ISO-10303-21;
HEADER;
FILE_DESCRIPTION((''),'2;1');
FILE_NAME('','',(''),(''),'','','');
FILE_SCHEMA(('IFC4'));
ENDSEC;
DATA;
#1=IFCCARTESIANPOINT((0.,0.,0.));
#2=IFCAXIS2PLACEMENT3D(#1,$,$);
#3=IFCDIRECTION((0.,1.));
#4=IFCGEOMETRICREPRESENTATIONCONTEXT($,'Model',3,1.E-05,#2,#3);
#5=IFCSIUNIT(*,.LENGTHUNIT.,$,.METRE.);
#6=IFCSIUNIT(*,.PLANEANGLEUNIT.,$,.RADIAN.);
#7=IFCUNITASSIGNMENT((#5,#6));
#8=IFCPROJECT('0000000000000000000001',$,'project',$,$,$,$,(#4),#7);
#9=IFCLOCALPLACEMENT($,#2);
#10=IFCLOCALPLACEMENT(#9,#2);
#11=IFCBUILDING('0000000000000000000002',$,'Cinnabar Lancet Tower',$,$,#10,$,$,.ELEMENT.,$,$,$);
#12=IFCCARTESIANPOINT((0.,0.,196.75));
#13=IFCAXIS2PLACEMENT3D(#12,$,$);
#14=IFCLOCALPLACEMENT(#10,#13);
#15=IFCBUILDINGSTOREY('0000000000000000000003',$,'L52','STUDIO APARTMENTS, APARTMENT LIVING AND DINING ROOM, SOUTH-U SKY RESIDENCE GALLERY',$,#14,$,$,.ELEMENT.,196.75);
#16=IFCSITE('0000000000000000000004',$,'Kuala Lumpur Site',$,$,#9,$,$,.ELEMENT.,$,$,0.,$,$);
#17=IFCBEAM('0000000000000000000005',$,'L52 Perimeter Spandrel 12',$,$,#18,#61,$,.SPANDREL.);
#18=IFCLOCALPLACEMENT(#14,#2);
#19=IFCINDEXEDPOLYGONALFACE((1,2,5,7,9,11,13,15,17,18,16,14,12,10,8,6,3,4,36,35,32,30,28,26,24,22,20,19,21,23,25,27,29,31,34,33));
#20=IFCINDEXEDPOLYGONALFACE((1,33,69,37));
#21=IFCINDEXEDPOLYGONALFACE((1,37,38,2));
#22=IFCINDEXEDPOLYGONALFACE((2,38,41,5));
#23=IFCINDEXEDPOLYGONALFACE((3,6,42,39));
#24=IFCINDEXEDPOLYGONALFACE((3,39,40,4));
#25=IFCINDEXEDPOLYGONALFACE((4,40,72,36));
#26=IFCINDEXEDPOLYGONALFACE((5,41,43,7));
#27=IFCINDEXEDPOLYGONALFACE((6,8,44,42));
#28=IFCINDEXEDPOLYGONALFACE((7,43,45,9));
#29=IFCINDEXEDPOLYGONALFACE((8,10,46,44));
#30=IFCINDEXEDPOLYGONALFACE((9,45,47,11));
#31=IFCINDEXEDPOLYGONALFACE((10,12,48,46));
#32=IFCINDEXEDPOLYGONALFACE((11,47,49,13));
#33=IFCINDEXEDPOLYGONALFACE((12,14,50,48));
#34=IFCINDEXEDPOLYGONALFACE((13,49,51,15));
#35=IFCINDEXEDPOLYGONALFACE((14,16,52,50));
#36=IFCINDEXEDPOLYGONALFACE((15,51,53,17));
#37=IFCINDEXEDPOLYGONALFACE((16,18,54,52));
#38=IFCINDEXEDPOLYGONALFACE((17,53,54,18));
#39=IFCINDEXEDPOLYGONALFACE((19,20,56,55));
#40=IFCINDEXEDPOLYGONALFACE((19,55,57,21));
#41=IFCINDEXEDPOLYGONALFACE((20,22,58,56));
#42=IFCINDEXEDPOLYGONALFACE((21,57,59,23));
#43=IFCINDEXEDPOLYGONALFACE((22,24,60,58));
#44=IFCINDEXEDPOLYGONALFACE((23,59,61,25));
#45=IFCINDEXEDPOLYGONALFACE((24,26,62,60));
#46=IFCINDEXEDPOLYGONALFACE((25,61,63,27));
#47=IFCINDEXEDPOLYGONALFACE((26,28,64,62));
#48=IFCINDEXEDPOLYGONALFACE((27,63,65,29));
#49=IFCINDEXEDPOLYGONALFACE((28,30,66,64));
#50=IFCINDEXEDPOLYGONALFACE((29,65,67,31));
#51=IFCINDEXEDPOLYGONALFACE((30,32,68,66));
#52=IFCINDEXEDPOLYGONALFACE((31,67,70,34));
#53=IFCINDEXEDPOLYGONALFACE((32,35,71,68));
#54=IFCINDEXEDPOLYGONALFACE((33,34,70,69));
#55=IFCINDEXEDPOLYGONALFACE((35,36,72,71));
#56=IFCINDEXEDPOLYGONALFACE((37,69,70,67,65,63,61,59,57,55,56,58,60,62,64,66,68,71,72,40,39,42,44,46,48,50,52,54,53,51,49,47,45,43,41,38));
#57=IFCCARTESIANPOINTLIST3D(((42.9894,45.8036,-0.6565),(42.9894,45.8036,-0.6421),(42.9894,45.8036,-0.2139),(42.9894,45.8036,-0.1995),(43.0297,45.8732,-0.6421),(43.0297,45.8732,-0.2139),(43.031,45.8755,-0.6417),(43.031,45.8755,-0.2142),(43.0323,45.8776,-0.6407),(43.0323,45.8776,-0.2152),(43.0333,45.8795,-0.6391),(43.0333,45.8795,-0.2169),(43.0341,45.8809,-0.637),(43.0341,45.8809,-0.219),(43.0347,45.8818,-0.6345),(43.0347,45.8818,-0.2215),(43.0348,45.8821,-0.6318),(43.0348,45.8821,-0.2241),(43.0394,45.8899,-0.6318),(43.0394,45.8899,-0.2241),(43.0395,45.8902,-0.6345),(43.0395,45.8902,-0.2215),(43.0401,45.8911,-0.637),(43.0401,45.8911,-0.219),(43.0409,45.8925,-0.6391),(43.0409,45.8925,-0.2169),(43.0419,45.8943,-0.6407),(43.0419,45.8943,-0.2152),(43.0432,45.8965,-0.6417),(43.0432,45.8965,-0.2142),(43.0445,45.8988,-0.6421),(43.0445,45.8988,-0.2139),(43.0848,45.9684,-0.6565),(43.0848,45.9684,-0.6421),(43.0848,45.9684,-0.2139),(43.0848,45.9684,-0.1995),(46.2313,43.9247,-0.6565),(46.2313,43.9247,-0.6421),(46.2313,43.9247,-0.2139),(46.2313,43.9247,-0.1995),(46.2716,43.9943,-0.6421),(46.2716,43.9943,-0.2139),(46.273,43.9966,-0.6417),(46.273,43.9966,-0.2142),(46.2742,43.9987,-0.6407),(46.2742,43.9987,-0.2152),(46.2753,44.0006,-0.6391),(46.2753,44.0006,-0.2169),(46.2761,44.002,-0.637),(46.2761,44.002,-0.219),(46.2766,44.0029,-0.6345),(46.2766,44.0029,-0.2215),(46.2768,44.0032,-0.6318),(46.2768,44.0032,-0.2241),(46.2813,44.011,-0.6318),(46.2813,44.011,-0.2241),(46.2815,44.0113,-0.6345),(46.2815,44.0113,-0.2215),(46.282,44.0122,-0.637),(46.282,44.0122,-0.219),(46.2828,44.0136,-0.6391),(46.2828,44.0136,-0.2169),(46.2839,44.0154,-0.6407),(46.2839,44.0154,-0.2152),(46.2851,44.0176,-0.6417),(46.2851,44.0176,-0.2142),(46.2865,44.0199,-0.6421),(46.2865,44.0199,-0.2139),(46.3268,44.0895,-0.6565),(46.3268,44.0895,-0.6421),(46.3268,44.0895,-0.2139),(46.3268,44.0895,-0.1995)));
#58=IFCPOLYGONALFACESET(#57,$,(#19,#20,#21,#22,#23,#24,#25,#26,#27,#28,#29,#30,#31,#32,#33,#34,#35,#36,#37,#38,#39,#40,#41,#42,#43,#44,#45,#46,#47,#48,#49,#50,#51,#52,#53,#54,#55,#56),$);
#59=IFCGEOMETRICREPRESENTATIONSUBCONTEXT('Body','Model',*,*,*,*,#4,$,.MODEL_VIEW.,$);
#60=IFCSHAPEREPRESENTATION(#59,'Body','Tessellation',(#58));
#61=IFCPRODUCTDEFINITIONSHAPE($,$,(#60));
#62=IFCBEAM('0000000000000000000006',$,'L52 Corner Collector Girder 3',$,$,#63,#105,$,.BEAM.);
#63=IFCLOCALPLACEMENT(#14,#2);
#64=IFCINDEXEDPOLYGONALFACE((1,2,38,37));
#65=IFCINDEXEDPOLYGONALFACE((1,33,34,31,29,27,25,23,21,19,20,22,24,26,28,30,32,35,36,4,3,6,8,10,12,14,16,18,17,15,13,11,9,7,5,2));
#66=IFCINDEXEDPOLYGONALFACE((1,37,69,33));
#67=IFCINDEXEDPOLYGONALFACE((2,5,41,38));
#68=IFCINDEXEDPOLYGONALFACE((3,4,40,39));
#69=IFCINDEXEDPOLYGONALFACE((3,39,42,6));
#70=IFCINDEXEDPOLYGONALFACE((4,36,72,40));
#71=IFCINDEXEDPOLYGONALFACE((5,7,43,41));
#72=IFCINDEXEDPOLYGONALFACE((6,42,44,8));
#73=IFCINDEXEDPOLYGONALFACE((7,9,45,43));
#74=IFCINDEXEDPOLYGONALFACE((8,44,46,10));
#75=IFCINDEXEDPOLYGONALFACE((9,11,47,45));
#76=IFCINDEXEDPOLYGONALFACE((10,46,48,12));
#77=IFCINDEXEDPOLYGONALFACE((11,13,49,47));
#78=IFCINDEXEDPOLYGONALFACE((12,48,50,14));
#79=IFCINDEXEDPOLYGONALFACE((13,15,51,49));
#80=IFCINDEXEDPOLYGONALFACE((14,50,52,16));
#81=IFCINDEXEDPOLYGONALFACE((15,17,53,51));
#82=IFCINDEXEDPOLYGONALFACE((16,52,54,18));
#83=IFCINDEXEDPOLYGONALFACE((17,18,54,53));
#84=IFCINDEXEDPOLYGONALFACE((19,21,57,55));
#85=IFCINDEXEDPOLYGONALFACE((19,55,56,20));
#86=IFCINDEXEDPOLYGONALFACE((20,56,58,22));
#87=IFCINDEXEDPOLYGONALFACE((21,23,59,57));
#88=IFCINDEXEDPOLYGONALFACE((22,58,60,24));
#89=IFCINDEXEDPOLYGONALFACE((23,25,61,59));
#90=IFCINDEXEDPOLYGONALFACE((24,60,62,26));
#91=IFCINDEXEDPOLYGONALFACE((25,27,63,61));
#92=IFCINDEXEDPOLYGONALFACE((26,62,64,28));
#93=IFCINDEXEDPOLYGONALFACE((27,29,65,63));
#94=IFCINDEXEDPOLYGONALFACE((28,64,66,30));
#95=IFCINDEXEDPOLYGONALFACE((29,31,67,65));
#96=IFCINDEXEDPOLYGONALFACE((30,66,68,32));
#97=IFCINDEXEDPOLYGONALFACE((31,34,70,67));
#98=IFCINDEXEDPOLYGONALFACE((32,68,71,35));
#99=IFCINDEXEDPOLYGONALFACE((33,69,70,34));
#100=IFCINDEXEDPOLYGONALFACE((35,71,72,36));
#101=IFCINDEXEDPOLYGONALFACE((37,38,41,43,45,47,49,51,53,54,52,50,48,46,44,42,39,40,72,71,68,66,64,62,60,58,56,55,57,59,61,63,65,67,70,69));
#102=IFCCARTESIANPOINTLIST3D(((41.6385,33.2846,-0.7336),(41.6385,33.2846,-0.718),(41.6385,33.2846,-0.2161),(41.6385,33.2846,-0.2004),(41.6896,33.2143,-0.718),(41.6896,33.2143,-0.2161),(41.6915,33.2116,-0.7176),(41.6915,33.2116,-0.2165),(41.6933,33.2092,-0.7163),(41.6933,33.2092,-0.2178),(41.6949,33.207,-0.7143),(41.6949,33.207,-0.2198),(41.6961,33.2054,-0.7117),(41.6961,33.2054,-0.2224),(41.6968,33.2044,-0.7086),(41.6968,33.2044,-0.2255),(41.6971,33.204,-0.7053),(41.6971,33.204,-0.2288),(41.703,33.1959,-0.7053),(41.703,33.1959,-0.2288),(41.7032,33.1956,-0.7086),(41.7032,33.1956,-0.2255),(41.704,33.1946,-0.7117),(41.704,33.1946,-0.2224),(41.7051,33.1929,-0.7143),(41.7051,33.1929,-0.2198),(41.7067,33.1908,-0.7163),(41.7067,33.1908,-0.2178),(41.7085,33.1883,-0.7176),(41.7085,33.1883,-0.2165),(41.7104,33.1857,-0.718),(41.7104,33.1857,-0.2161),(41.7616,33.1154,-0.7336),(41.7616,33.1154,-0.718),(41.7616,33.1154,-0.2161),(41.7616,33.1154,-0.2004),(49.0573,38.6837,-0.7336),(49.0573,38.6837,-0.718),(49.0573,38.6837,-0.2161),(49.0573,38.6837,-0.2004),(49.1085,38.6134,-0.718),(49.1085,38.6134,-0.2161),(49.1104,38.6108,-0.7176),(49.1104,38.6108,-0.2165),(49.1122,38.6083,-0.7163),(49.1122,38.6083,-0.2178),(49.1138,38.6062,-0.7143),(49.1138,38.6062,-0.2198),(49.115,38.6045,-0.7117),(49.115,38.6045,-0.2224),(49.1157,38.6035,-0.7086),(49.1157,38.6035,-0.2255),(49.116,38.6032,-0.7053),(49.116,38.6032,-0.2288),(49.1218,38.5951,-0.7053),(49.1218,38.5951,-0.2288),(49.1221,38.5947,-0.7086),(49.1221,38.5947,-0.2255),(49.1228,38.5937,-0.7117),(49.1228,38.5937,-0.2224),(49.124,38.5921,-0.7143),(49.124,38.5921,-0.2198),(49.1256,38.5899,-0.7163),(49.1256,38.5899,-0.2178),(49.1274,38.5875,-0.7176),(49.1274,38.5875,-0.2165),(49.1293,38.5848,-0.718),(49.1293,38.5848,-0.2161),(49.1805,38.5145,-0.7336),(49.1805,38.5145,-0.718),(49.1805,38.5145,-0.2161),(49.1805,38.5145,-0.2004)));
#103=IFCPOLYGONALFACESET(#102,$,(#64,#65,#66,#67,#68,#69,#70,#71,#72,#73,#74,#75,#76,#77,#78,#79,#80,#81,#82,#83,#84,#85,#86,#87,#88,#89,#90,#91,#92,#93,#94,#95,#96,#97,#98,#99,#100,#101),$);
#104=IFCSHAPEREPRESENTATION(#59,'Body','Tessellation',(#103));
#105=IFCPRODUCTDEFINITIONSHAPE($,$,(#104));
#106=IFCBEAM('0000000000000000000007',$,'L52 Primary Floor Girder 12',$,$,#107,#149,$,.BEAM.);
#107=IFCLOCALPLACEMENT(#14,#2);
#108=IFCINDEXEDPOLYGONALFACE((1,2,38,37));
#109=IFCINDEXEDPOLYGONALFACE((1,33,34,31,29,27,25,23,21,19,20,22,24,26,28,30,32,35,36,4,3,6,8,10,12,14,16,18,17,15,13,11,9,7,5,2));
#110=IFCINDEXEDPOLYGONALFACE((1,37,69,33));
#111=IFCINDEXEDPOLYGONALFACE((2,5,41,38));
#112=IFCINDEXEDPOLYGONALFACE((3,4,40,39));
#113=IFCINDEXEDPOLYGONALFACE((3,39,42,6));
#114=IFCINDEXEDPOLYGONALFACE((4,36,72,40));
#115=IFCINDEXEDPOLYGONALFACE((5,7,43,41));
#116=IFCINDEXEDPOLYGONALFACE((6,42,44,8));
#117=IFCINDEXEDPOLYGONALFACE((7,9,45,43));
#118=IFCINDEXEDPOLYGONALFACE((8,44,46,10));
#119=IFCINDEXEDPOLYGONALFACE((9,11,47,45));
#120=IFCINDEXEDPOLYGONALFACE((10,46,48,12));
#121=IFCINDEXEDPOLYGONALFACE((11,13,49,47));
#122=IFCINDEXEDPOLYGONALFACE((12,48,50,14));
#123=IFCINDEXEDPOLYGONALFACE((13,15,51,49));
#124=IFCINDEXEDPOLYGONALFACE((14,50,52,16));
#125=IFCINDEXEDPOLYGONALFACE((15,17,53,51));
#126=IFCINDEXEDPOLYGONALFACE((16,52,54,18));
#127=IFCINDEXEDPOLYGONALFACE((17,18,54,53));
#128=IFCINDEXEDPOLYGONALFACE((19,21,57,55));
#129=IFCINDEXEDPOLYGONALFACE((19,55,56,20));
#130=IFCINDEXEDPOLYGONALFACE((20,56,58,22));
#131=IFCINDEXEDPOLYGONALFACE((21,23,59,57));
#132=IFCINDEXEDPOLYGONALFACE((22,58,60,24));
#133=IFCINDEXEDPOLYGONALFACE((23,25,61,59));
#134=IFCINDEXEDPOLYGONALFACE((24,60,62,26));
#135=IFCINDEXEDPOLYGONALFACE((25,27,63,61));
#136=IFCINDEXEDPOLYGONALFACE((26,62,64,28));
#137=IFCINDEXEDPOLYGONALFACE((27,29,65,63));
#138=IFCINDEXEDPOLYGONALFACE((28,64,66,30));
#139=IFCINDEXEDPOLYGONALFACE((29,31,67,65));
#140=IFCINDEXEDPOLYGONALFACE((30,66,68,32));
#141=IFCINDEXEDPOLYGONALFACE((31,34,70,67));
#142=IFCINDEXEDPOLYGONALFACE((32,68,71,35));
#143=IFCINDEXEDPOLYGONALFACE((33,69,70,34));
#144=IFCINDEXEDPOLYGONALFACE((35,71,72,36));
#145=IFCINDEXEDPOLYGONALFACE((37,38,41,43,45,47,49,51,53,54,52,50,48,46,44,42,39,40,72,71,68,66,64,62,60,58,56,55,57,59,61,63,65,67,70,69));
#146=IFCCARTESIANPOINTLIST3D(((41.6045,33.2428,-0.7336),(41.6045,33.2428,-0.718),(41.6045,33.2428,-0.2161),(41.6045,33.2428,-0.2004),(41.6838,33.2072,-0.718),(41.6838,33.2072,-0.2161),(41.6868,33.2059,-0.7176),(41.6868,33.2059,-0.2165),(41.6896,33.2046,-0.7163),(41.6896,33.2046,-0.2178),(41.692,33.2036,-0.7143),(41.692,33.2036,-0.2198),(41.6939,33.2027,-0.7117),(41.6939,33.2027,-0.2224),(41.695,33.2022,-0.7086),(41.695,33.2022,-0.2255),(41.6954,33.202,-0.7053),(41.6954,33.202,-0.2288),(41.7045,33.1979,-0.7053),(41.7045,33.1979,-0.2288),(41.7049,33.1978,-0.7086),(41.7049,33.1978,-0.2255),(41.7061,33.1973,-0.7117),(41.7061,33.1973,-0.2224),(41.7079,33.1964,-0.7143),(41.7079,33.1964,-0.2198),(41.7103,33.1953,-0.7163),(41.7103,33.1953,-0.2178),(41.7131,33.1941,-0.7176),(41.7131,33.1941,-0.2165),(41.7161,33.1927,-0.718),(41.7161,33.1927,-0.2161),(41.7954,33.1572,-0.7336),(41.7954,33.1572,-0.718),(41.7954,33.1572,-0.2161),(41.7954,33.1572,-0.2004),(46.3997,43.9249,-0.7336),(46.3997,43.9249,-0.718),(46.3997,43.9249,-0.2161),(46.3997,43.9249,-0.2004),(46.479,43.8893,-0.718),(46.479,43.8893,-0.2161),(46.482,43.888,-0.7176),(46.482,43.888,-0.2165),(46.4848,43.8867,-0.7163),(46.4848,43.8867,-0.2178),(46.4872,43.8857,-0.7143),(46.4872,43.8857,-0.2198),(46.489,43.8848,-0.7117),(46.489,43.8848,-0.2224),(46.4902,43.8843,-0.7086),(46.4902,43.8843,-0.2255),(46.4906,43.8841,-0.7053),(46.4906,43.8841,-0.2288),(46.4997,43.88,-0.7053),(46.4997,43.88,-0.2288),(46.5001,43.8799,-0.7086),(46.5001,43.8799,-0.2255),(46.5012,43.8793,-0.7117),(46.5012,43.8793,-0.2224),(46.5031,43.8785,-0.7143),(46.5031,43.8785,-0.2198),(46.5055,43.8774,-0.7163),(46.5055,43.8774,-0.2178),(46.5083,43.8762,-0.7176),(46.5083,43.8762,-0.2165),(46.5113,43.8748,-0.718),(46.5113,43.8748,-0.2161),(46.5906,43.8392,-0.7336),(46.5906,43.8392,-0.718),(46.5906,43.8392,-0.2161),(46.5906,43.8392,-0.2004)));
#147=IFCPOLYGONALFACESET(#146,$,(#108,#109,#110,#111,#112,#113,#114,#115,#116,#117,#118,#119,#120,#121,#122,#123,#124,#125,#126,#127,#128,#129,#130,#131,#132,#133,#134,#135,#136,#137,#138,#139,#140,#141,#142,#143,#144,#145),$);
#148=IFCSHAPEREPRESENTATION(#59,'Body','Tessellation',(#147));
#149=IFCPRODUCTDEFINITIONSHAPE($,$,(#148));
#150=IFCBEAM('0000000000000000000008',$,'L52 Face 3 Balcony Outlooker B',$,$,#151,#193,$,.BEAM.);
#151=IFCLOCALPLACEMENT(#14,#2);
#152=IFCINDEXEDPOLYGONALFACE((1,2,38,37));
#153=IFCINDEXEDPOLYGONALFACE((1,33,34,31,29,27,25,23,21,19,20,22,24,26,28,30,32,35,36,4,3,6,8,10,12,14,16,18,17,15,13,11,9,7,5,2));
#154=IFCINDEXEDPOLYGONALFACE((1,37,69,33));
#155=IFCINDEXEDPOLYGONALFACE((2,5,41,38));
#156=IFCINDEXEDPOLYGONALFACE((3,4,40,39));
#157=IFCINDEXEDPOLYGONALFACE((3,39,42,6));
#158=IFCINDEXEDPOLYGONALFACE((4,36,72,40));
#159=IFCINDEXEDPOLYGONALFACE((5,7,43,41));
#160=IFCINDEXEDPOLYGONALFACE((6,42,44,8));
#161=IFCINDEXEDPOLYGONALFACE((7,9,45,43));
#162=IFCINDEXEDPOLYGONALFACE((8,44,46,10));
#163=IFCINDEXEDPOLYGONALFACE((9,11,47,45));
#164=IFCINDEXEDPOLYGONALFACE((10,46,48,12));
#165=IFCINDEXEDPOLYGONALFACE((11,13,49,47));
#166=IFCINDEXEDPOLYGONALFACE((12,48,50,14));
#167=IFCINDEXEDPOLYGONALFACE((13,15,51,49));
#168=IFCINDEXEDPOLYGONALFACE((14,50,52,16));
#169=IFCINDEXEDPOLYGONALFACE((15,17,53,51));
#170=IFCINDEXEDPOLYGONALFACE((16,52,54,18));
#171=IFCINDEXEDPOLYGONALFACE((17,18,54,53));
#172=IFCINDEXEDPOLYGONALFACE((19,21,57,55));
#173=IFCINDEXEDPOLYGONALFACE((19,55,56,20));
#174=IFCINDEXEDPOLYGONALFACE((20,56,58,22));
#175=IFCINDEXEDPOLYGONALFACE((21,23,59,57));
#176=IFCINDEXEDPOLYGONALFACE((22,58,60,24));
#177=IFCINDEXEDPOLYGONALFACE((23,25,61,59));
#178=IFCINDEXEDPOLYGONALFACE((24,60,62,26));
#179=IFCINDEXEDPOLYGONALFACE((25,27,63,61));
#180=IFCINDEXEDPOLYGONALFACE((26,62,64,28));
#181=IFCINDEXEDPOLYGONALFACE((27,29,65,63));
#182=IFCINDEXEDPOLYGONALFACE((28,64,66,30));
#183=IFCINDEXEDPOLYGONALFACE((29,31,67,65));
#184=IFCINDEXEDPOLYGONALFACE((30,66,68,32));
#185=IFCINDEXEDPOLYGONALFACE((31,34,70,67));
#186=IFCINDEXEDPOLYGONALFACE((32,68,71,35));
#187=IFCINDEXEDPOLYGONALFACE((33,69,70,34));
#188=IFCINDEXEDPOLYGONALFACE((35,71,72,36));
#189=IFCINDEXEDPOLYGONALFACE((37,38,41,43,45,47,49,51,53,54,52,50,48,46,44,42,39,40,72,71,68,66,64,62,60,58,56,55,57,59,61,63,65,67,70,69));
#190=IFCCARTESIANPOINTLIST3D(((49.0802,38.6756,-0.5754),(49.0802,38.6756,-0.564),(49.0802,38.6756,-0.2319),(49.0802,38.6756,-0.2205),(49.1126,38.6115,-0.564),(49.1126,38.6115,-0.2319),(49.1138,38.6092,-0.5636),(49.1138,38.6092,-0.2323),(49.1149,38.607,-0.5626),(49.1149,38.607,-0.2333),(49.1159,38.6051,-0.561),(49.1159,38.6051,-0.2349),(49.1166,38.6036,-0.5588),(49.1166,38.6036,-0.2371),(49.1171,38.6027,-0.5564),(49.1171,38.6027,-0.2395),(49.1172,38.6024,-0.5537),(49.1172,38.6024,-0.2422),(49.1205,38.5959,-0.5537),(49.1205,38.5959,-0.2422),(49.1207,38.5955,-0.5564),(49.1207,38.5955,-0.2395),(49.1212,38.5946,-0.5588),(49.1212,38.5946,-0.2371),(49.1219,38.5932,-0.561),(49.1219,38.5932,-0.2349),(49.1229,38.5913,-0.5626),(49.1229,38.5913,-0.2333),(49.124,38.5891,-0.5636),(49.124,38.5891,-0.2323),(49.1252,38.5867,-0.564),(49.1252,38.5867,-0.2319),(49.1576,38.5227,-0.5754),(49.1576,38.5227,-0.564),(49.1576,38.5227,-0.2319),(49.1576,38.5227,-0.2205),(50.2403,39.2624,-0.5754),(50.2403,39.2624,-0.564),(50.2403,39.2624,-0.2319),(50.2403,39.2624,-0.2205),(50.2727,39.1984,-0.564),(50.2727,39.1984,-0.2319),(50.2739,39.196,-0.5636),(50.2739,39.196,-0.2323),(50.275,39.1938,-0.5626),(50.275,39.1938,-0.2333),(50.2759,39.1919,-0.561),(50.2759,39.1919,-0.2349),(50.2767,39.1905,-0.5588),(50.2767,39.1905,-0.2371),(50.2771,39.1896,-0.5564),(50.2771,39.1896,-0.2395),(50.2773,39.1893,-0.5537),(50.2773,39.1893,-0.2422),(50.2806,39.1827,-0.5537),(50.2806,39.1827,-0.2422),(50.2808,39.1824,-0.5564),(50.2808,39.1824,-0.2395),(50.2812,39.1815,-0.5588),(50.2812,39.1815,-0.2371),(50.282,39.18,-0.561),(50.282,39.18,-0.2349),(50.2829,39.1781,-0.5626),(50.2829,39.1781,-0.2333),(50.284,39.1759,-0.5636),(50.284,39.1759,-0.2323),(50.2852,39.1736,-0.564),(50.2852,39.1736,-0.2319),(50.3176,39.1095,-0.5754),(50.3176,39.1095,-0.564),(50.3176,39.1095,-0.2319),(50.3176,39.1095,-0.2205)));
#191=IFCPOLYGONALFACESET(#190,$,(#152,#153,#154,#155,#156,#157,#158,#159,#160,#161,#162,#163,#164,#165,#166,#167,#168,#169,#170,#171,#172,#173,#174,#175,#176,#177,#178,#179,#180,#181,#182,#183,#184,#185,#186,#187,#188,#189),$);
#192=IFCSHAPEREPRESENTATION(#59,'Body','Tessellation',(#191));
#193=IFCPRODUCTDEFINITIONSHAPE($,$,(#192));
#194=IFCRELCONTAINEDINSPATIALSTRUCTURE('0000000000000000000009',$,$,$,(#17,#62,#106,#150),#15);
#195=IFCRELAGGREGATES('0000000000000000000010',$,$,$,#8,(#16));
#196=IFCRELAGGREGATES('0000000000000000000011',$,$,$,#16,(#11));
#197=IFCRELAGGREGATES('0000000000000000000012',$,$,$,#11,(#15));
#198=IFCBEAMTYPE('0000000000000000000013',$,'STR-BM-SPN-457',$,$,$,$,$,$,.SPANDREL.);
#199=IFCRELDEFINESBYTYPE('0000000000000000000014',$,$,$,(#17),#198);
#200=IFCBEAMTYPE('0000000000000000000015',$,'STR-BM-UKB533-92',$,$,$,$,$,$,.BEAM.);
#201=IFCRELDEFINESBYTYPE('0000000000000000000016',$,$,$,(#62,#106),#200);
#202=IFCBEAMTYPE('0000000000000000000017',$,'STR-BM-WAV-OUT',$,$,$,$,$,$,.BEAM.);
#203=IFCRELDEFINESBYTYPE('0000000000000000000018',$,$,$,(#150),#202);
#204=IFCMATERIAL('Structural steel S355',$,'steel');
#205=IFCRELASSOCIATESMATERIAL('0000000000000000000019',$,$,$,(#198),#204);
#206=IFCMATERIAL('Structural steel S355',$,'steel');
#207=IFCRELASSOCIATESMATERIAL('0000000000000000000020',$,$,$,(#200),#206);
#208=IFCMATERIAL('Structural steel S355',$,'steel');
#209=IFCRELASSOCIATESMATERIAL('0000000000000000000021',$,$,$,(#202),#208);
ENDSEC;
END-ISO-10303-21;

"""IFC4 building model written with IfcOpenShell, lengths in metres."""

from ifc_helpers import new_model, si_unit, direction, frame, origin, origin_2d, place, context, subcontext, project, spatial, i_section, extrude, material, material_profile, profile_set, type_object, element, save


model = new_model("IFC4")

# Units and contexts
model_context = context("Model", 3, precision=1e-05, world=origin(), true_north=direction((0.0, 1.0)))
body_context = subcontext(model_context, "Body", "Model", "MODEL_VIEW")
ifc_project = project(units=[si_unit("LENGTHUNIT", "METRE"), si_unit("PLANEANGLEUNIT", "RADIAN")], contexts=[model_context])

# Site, building, storey
site_placement = place(None, origin())
site = spatial("IfcSite", under=ifc_project, at=site_placement, Name="Kuala Lumpur Site", CompositionType="ELEMENT", RefElevation=0.0)
building_placement = place(site_placement, origin())
building = spatial("IfcBuilding", under=site, at=building_placement, Name="Cinnabar Lancet Tower", CompositionType="ELEMENT")
storey_placement = place(building_placement, frame((0.0, 0.0, 196.75)))
storey = spatial("IfcBuildingStorey", under=building, at=storey_placement, Name="L52", Description="STUDIO APARTMENTS, APARTMENT LIVING AND DINING ROOM, SOUTH-U SKY RESIDENCE GALLERY", CompositionType="ELEMENT", Elevation=196.75)

# Beams
ifc_material_1 = material(Name="Structural steel S355", Category="steel")
ifc_material_profile_1 = material_profile(ifc_material_1, i_section(OverallWidth=0.1904, OverallDepth=0.457, WebThickness=0.009, FlangeThickness=0.0144, FilletRadius=0.0103, at=origin_2d()), Name="UKB 457x191x74")
ifc_profile_set_1 = profile_set([ifc_material_profile_1], Name="Structural steel S355")
beam_type_1 = type_object("IfcBeamType", Name="STR-BM-SPN-457", PredefinedType="SPANDREL", material=ifc_profile_set_1)
beam_1_placement = place(storey_placement, frame((46.2791, 44.0071, -0.428), z_axis=(-0.865196, 0.501434, 0.0), x_axis=(-0.501434, -0.865196, 0.0)))
element("IfcBeam", 1, at=beam_1_placement, inside=storey, type_object=beam_type_1, Name="L52 Perimeter Spandrel 12", PredefinedType="SPANDREL", context=body_context, shape_type="SweptSolid", body=[
    extrude(i_section(OverallWidth=0.1904, OverallDepth=0.457, WebThickness=0.009, FlangeThickness=0.0144, FilletRadius=0.0103, at=origin_2d()), origin(), (0.0, 0.0, 1.0), 3.7471),
])
ifc_material_2 = material(Name="Structural steel S355", Category="steel")
ifc_material_profile_2 = material_profile(ifc_material_2, i_section(OverallWidth=0.2092, OverallDepth=0.5332, WebThickness=0.01, FlangeThickness=0.0156, FilletRadius=0.0127, at=origin_2d()), Name="UKB 533x210x92")
ifc_profile_set_2 = profile_set([ifc_material_profile_2], Name="Structural steel S355")
beam_type_2 = type_object("IfcBeamType", Name="STR-BM-UKB533-92", PredefinedType="BEAM", material=ifc_profile_set_2)
beam_2_placement = place(storey_placement, frame((49.1189, 38.5991, -0.467), z_axis=(-0.808551, -0.588426, 0.0), x_axis=(0.588426, -0.808551, 0.0)))
element("IfcBeam", 2, at=beam_2_placement, inside=storey, type_object=beam_type_2, Name="L52 Corner Collector Girder 3", PredefinedType="BEAM", context=body_context, shape_type="SweptSolid", body=[
    extrude(i_section(OverallWidth=0.2092, OverallDepth=0.5332, WebThickness=0.01, FlangeThickness=0.0156, FilletRadius=0.0127, at=origin_2d()), origin(), (0.0, 0.0, 1.0), 9.1755),
])
beam_3_placement = place(storey_placement, frame((46.4951, 43.8821, -0.467), z_axis=(-0.409527, -0.912298, 0.0), x_axis=(0.912298, -0.409527, 0.0)))
element("IfcBeam", 3, at=beam_3_placement, inside=storey, type_object=beam_type_2, Name="L52 Primary Floor Girder 12", PredefinedType="BEAM", context=body_context, shape_type="SweptSolid", body=[
    extrude(i_section(OverallWidth=0.2092, OverallDepth=0.5332, WebThickness=0.01, FlangeThickness=0.0156, FilletRadius=0.0127, at=origin_2d()), origin(), (0.0, 0.0, 1.0), 11.709),
])
ifc_material_3 = material(Name="Structural steel S355", Category="steel")
ifc_material_profile_3 = material_profile(ifc_material_3, i_section(OverallWidth=0.1714, OverallDepth=0.355, WebThickness=0.0073, FlangeThickness=0.0115, FilletRadius=0.0103, at=origin_2d()), Name="UKB 356x171x51")
ifc_profile_set_3 = profile_set([ifc_material_profile_3], Name="Structural steel S355")
beam_type_3 = type_object("IfcBeamType", Name="STR-BM-WAV-OUT", PredefinedType="BEAM", material=ifc_profile_set_3)
beam_4_placement = place(storey_placement, frame((49.1189, 38.5991, -0.3979), z_axis=(0.892314, 0.451415, 0.0), x_axis=(-0.451415, 0.892314, 0.0)))
element("IfcBeam", 4, at=beam_4_placement, inside=storey, type_object=beam_type_3, Name="L52 Face 3 Balcony Outlooker B", PredefinedType="BEAM", context=body_context, shape_type="SweptSolid", body=[
    extrude(i_section(OverallWidth=0.1714, OverallDepth=0.355, WebThickness=0.0073, FlangeThickness=0.0115, FilletRadius=0.0103, at=origin_2d()), origin(), (0.0, 0.0, 1.0), 1.3),
])

save(model, "model.ifc")
